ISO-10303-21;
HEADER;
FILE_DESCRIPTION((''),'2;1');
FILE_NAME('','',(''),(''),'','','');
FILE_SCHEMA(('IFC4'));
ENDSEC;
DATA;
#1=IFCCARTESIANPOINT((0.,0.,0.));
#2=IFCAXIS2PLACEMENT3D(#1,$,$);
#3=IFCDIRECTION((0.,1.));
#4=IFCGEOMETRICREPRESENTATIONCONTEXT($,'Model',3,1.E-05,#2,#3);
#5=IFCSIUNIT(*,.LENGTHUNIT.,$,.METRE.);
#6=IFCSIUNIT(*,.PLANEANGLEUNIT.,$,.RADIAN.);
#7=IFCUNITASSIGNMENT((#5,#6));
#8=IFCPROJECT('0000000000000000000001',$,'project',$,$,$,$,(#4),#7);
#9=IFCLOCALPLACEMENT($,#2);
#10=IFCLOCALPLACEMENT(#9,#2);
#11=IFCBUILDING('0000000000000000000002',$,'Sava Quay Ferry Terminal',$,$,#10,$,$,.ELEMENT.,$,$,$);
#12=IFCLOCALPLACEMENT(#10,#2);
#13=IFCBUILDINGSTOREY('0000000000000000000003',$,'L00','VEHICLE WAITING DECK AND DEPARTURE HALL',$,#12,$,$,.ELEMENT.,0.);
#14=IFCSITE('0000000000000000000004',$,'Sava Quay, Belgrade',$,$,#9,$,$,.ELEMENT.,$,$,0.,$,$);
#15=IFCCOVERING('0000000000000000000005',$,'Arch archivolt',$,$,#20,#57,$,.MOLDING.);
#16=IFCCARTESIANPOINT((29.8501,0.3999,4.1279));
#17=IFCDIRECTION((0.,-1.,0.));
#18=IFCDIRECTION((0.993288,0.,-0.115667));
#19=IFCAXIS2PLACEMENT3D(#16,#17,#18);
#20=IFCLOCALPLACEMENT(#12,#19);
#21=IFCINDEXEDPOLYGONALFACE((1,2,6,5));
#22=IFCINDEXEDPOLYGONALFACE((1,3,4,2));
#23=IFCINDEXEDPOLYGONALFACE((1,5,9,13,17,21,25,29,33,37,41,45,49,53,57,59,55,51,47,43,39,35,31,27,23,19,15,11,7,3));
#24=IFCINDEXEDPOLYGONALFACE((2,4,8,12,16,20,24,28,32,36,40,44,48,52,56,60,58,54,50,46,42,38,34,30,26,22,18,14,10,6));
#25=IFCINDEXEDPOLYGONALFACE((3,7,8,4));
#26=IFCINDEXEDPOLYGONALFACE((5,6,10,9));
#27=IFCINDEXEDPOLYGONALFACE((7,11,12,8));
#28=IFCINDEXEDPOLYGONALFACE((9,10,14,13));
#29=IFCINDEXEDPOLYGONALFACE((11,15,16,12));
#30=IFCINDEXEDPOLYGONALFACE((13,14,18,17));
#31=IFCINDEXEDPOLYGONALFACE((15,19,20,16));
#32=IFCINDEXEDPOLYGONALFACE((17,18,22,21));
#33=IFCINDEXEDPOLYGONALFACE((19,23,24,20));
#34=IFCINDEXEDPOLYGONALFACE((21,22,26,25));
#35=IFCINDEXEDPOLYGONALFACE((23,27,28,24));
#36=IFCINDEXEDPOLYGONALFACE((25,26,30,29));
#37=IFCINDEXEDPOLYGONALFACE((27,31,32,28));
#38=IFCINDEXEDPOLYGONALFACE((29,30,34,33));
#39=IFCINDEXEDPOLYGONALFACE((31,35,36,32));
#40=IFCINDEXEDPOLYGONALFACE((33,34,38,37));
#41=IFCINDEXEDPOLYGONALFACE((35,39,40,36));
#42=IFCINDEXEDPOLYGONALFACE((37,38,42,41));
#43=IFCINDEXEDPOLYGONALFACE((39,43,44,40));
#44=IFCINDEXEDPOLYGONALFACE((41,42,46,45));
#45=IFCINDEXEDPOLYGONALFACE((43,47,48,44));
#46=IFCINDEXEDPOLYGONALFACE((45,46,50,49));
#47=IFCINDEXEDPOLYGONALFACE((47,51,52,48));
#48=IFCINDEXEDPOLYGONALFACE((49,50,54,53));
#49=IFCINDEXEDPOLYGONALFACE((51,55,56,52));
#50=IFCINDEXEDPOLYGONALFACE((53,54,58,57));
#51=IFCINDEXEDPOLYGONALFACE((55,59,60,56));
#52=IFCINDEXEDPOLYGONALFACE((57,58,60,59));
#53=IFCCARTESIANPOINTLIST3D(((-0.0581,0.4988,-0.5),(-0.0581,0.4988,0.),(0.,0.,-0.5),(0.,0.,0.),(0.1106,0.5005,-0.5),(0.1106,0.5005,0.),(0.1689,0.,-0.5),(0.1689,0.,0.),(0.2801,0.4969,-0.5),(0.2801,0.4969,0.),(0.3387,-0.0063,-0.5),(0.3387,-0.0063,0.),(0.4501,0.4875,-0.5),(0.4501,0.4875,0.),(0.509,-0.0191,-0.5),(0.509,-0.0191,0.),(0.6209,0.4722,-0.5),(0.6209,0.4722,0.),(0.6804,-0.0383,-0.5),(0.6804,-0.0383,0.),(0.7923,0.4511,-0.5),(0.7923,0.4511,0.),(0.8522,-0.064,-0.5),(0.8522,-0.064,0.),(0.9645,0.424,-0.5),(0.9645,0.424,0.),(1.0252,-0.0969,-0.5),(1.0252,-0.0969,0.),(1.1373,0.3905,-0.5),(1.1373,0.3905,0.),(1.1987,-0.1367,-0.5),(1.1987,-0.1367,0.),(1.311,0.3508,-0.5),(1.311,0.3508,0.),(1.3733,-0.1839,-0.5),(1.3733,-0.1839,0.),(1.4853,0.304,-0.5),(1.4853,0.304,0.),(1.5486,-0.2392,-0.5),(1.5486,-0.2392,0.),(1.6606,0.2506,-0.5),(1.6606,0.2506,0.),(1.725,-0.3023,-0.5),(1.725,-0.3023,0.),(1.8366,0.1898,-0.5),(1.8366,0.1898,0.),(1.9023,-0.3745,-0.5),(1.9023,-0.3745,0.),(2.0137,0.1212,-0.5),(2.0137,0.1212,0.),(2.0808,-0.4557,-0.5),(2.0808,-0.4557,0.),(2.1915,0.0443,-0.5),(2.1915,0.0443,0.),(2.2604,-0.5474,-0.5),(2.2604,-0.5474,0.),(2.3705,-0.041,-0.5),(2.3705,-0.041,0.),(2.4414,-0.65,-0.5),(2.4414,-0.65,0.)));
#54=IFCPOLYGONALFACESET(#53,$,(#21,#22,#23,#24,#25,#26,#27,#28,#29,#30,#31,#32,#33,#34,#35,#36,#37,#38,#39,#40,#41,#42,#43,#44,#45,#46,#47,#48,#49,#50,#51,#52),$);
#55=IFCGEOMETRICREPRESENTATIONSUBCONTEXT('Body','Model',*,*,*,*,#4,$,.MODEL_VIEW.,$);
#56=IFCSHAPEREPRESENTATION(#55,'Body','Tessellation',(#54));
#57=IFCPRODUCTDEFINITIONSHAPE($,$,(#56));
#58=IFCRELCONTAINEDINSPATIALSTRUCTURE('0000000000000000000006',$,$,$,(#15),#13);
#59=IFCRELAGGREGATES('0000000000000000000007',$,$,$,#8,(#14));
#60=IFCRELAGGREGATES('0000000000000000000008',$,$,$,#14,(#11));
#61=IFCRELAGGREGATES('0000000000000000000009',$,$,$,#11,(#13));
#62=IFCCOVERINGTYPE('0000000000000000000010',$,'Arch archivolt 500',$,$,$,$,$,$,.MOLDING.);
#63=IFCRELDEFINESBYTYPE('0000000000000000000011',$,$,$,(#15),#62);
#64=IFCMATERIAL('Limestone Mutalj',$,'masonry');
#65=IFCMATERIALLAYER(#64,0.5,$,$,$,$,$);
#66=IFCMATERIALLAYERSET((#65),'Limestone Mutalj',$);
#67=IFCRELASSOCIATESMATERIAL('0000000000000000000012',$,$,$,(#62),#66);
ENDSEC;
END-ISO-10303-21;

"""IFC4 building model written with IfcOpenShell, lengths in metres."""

from ifc_helpers import new_model, si_unit, direction, frame, origin, place, context, subcontext, project, spatial, polyline, outline, extrude, material, layer, layer_set, type_object, element, save


model = new_model("IFC4")

# Units and contexts
model_context = context("Model", 3, precision=1e-05, world=origin(), true_north=direction((0.0, 1.0)))
body_context = subcontext(model_context, "Body", "Model", "MODEL_VIEW")
ifc_project = project(units=[si_unit("LENGTHUNIT", "METRE"), si_unit("PLANEANGLEUNIT", "RADIAN")], contexts=[model_context])

# Site, building, storey
site_placement = place(None, origin())
site = spatial("IfcSite", under=ifc_project, at=site_placement, Name="Sava Quay, Belgrade", CompositionType="ELEMENT", RefElevation=0.0)
building_placement = place(site_placement, origin())
building = spatial("IfcBuilding", under=site, at=building_placement, Name="Sava Quay Ferry Terminal", CompositionType="ELEMENT")
storey_placement = place(building_placement, origin())
storey = spatial("IfcBuildingStorey", under=building, at=storey_placement, Name="L00", Description="VEHICLE WAITING DECK AND DEPARTURE HALL", CompositionType="ELEMENT", Elevation=0.0)

# Covering
ifc_material_1 = material(Name="Limestone Mutalj", Category="masonry")
ifc_layer_1 = layer(ifc_material_1, 0.5)
ifc_layer_set_1 = layer_set([ifc_layer_1], Name="Limestone Mutalj")
covering_type_1 = type_object("IfcCoveringType", Name="Arch archivolt 500", PredefinedType="MOLDING", material=ifc_layer_set_1)
covering_1_placement = place(storey_placement, frame((29.8501, 0.3999, 4.1279), z_axis=(0.0, -1.0, 0.0), x_axis=(0.993288, 0.0, -0.115667)))
element("IfcCovering", 1, at=covering_1_placement, inside=storey, type_object=covering_type_1, Name="Arch archivolt", PredefinedType="MOLDING", context=body_context, shape_type="SweptSolid", body=[
    extrude(outline(polyline([(0.0, 0.0), (0.1689, 0.0), (0.3387, -0.0063), (0.509, -0.0191), (0.6804, -0.0383), (0.8522, -0.064), (1.0252, -0.0969), (1.1987, -0.1367), (1.3733, -0.1839), (1.5486, -0.2392), (1.725, -0.3023), (1.9023, -0.3745), (2.0808, -0.4557), (2.2604, -0.5474), (2.4414, -0.65), (2.3705, -0.041), (2.1915, 0.0443), (2.0137, 0.1212), (1.8366, 0.1898), (1.6606, 0.2506), (1.4853, 0.304), (1.311, 0.3508), (1.1373, 0.3905), (0.9645, 0.424), (0.7923, 0.4511), (0.6209, 0.4722), (0.4501, 0.4875), (0.2801, 0.4969), (0.1106, 0.5005), (-0.0581, 0.4988), (0.0, 0.0)])), origin(), (0.0, 0.0, -1.0), 0.5),
])

save(model, "model.ifc")
